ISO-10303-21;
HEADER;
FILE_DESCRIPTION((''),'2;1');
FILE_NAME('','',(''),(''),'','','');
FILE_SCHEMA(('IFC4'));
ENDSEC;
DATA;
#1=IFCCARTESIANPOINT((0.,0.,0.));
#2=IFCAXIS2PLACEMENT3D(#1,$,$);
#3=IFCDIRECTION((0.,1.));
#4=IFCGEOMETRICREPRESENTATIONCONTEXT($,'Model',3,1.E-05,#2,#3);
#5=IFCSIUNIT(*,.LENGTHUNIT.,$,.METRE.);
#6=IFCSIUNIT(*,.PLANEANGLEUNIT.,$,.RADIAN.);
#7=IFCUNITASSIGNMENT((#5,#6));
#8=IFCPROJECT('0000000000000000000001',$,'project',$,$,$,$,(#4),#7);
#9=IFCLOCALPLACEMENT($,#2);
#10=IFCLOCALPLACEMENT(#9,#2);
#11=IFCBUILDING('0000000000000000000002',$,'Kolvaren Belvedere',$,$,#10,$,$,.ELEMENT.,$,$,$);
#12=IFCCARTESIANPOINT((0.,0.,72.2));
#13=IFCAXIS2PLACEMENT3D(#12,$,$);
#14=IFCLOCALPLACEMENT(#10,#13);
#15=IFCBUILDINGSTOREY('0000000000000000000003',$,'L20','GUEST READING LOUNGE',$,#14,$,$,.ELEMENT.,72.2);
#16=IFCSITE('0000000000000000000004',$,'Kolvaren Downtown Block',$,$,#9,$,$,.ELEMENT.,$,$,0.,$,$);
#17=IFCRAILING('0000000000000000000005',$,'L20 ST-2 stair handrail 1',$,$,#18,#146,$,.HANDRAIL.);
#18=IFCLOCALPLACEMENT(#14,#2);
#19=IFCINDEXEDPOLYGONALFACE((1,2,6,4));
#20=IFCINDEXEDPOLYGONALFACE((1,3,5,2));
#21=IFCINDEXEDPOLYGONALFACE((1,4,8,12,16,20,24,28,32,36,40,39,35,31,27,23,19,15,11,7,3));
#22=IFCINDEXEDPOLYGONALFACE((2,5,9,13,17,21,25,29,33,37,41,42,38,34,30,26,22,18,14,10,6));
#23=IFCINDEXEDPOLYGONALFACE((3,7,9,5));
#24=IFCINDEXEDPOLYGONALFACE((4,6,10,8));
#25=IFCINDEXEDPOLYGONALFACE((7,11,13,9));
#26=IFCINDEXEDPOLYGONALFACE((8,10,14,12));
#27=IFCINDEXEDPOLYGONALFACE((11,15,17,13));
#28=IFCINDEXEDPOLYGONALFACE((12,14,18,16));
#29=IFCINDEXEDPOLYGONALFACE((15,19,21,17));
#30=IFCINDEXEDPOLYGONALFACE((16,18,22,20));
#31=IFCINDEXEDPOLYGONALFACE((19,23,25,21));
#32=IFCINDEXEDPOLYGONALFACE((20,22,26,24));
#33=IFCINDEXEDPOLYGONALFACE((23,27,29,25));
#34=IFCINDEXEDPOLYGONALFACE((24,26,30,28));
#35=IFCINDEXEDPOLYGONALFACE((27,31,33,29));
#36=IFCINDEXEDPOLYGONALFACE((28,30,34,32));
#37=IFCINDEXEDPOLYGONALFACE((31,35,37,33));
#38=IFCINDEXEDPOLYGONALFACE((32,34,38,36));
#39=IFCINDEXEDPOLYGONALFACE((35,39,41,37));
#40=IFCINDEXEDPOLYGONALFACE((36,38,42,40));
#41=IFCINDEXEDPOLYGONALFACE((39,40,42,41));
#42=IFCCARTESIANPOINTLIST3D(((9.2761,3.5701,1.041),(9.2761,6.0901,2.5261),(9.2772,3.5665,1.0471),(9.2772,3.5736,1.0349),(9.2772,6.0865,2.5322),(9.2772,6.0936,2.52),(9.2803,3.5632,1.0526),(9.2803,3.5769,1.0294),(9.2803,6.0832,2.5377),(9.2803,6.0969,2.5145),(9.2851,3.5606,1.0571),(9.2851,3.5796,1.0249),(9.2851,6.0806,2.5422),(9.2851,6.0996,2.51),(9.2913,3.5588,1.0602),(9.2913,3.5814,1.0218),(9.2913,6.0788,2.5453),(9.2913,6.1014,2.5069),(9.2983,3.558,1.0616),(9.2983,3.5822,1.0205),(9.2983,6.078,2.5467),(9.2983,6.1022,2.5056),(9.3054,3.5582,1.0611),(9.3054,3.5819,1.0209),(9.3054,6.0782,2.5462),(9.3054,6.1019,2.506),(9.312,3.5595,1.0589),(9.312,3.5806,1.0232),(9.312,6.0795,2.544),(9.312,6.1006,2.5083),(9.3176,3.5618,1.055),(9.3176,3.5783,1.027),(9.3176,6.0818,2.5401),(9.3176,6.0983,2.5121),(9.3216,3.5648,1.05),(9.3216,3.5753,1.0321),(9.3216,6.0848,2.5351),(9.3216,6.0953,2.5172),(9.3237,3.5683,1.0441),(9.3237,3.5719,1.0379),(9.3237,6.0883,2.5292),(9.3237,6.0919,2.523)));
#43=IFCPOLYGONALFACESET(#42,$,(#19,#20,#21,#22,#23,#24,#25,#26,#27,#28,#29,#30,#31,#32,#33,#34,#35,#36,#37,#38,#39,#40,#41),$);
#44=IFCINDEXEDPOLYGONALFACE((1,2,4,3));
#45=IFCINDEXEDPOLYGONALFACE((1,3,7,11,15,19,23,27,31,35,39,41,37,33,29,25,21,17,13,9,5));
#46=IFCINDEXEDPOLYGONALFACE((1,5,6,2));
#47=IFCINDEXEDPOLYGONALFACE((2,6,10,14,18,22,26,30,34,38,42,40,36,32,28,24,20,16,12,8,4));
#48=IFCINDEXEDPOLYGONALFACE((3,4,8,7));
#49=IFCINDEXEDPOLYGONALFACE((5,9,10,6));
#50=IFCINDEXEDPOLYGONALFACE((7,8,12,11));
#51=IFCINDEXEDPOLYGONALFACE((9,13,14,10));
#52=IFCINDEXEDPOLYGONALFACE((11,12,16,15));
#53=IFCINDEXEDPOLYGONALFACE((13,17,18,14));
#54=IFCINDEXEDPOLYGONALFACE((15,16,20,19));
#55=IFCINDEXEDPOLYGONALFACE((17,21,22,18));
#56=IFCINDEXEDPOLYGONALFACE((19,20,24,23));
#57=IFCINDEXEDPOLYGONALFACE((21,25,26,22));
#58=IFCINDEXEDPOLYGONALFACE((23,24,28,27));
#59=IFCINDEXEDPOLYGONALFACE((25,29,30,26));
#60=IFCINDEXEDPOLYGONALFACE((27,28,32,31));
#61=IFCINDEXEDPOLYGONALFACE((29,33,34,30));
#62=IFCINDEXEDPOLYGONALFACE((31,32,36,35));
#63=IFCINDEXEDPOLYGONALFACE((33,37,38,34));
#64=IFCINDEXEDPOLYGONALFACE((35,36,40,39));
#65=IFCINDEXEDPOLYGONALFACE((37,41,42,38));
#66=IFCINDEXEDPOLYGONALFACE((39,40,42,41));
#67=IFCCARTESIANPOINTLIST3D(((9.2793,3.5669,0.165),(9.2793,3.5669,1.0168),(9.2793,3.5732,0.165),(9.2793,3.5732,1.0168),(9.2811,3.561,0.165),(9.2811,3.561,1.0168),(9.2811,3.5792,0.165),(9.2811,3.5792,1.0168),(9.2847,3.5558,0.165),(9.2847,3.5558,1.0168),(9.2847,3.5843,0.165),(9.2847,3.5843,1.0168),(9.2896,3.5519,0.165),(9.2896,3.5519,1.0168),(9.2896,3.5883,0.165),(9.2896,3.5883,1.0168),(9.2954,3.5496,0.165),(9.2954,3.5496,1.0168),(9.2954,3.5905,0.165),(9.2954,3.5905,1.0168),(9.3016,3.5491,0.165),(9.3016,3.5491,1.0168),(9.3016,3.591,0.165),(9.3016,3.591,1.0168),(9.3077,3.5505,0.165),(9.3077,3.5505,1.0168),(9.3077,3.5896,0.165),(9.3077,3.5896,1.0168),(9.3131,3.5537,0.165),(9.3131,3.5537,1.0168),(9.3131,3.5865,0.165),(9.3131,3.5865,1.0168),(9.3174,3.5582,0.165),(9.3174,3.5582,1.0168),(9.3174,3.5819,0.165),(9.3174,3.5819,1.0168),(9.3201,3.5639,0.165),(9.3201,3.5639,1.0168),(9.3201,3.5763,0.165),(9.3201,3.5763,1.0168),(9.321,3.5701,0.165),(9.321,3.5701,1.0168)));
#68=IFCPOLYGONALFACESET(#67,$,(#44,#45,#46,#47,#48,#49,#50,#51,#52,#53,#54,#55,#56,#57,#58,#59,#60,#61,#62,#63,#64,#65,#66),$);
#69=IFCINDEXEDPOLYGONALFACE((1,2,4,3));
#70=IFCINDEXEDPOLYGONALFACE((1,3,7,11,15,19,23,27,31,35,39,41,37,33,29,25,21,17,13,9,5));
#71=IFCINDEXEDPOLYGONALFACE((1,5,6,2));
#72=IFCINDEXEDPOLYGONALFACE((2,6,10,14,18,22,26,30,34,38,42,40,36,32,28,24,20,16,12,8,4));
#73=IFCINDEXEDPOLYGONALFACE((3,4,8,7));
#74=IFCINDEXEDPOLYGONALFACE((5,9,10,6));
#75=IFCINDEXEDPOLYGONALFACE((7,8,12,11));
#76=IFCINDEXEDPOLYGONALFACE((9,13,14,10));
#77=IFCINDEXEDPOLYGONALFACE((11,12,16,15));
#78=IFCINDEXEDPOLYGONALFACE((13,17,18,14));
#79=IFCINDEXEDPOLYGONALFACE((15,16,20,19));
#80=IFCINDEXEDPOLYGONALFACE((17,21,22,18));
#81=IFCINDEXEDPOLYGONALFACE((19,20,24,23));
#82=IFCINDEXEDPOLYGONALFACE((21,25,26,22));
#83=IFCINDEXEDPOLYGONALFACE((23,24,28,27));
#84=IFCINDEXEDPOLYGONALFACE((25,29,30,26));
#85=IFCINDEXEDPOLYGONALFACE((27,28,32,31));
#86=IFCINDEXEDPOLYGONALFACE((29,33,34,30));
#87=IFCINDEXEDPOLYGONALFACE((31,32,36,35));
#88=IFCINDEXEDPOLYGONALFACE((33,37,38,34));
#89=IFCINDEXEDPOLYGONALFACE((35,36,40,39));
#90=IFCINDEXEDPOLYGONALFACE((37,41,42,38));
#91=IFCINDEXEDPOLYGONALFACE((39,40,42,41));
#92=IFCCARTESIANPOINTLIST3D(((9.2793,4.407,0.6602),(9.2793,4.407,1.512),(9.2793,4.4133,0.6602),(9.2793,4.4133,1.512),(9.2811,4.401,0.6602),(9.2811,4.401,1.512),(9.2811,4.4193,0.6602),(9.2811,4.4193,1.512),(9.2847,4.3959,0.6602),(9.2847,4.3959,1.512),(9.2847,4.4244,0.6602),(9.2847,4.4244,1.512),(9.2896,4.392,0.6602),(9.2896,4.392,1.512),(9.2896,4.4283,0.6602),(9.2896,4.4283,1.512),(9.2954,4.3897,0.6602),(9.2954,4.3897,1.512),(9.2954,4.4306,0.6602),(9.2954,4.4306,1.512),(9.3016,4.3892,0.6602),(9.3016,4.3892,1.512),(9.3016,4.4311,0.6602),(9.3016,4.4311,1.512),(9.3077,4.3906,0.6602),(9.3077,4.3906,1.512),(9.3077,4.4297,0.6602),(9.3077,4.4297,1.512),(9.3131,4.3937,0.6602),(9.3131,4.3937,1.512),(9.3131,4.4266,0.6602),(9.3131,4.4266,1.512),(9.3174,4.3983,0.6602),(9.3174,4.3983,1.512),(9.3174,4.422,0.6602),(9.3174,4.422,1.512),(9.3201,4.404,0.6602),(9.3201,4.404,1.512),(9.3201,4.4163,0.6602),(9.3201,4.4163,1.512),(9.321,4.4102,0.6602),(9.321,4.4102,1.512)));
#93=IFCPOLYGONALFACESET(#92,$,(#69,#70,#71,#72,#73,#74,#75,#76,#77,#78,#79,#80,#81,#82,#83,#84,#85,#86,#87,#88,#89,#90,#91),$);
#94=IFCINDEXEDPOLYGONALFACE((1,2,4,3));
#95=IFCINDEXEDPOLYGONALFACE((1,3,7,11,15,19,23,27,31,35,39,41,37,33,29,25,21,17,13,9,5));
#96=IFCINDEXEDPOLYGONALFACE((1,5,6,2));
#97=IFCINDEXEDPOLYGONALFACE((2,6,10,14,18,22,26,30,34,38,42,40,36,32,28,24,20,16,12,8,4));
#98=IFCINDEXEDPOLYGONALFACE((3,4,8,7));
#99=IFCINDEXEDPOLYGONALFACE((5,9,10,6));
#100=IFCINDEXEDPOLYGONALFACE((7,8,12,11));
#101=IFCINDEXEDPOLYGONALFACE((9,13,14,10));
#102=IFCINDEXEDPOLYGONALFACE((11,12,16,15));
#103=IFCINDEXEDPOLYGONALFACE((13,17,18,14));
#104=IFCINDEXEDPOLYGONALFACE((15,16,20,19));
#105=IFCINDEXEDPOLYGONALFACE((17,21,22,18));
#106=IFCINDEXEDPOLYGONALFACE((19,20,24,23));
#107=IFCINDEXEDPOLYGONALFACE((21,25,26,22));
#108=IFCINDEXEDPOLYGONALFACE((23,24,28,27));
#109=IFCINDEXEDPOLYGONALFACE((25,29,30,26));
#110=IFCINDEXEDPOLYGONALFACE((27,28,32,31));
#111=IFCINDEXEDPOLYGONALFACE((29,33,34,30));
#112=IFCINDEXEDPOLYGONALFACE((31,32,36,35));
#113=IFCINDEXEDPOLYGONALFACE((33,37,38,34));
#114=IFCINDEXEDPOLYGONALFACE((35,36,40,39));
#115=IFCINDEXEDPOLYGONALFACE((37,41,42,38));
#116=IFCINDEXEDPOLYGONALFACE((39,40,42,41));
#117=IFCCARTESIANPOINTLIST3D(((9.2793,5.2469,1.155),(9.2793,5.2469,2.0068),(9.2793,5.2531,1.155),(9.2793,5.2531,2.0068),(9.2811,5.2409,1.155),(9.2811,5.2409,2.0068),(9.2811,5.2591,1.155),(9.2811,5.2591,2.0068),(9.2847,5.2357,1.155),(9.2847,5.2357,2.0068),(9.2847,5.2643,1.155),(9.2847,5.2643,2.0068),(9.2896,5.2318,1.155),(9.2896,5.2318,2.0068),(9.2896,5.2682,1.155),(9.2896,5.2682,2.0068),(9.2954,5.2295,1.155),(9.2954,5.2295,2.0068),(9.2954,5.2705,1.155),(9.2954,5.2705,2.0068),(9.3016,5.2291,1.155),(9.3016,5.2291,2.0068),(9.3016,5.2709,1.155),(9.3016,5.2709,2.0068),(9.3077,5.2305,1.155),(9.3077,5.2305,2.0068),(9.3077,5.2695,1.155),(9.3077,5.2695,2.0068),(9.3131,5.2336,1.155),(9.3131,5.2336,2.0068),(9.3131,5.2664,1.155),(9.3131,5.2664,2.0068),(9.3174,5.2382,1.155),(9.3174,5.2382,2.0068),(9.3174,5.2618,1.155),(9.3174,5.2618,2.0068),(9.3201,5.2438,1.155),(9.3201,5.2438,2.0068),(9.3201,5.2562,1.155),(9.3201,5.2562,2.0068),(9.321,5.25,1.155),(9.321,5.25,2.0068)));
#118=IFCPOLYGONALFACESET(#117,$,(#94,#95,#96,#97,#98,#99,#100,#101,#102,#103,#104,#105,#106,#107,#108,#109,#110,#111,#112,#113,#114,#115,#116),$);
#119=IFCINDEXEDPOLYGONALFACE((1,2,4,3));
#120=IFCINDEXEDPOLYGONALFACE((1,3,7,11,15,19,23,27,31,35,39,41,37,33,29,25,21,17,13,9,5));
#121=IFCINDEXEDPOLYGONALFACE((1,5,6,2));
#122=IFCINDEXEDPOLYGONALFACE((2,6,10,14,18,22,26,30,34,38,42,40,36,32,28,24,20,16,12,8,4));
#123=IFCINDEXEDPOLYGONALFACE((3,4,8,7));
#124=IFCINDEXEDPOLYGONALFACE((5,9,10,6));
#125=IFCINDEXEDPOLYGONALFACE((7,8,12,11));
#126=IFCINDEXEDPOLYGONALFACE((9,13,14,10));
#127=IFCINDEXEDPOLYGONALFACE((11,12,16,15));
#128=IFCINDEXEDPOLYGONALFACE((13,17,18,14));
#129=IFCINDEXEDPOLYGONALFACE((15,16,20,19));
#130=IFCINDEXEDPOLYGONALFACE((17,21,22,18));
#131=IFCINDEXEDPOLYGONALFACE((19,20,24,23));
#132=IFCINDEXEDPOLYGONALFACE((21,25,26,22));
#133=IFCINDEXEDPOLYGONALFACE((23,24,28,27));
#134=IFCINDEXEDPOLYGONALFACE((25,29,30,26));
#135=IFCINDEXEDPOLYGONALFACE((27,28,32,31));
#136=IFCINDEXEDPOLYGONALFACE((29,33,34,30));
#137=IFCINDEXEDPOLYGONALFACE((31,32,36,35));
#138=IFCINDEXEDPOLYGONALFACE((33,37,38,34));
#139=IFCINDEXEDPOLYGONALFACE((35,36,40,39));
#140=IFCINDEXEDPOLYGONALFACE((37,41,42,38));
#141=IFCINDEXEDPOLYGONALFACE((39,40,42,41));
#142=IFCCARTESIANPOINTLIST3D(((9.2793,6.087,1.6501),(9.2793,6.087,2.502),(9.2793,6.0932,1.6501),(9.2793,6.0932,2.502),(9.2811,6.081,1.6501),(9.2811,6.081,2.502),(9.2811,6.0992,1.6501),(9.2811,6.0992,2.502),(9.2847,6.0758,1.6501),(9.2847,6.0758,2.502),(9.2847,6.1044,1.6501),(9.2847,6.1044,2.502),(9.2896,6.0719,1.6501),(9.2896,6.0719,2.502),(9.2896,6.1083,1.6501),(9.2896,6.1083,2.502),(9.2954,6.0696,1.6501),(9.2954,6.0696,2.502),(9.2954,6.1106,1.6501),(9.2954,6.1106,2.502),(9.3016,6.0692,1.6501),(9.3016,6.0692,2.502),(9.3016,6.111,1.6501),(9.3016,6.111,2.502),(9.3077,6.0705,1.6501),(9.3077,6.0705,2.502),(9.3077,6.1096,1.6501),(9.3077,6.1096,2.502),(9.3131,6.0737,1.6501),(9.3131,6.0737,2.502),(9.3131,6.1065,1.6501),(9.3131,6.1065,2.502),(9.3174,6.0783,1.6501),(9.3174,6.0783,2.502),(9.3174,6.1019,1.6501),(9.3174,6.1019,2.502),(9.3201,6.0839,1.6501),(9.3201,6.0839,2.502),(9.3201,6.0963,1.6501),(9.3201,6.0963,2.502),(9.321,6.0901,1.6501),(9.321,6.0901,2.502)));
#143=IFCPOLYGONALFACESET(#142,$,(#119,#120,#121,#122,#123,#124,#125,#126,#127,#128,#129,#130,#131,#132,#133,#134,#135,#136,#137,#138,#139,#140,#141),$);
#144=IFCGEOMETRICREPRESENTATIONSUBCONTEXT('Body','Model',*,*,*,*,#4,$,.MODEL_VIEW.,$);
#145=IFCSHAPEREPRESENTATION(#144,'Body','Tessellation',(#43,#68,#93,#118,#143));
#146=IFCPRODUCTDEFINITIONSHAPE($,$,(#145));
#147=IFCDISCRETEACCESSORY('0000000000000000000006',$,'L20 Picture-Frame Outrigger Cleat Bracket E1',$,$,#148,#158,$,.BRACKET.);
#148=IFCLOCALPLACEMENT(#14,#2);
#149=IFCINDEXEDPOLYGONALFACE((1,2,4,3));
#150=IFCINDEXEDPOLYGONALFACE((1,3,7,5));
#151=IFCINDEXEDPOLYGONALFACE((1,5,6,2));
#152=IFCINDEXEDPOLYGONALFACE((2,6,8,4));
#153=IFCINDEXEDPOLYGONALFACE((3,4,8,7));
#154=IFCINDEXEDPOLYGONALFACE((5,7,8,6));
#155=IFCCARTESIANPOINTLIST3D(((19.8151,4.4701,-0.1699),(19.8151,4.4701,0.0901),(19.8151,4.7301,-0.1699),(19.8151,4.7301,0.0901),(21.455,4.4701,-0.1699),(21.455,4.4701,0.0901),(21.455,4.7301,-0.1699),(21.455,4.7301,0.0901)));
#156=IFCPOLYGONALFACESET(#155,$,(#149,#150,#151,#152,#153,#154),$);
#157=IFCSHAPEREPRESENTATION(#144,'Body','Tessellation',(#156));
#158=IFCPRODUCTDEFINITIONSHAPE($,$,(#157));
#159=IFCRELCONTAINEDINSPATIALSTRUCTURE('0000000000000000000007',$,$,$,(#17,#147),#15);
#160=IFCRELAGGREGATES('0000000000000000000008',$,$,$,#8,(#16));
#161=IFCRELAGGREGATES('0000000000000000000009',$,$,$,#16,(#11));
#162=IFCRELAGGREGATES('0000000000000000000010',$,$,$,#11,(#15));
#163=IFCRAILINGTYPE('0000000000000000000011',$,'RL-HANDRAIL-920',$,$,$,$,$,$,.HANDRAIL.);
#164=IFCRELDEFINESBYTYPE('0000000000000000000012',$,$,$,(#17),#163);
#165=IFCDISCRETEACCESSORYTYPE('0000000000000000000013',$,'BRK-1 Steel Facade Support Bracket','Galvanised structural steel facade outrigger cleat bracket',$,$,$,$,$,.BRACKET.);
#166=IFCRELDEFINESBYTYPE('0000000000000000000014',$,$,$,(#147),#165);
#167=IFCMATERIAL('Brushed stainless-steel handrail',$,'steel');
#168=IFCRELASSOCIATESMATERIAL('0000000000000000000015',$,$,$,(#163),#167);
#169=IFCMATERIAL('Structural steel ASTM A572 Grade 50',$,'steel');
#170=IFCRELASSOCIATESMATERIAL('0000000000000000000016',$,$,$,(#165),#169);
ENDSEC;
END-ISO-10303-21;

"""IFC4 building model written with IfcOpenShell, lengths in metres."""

from ifc_helpers import new_model, si_unit, direction, frame, origin, origin_2d, place, context, subcontext, project, spatial, rectangle, circle, extrude, material, type_object, element, save


model = new_model("IFC4")

# Units and contexts
model_context = context("Model", 3, precision=1e-05, world=origin(), true_north=direction((0.0, 1.0)))
body_context = subcontext(model_context, "Body", "Model", "MODEL_VIEW")
ifc_project = project(units=[si_unit("LENGTHUNIT", "METRE"), si_unit("PLANEANGLEUNIT", "RADIAN")], contexts=[model_context])

# Site, building, storey
site_placement = place(None, origin())
site = spatial("IfcSite", under=ifc_project, at=site_placement, Name="Kolvaren Downtown Block", CompositionType="ELEMENT", RefElevation=0.0)
building_placement = place(site_placement, origin())
building = spatial("IfcBuilding", under=site, at=building_placement, Name="Kolvaren Belvedere", CompositionType="ELEMENT")
storey_placement = place(building_placement, frame((0.0, 0.0, 72.2)))
storey = spatial("IfcBuildingStorey", under=building, at=storey_placement, Name="L20", Description="GUEST READING LOUNGE", CompositionType="ELEMENT", Elevation=72.2)

# Railing
ifc_material_1 = material(Name="Brushed stainless-steel handrail", Category="steel")
railing_type = type_object("IfcRailingType", Name="RL-HANDRAIL-920", PredefinedType="HANDRAIL", material=ifc_material_1)
railing_placement = place(storey_placement, frame((9.3, 3.5701, 0.165)))
element("IfcRailing", 1, at=railing_placement, inside=storey, type_object=railing_type, Name="L20 ST-2 stair handrail 1", PredefinedType="HANDRAIL", context=body_context, shape_type="SweptSolid", body=[
    extrude(circle(Radius=0.0239, at=origin_2d()), frame((0.0, 0.0, 0.876), z_axis=(0.0, 0.861524, 0.507717), x_axis=(-1.0, 0.0, 0.0)), (0.0, 0.0, 1.0), 2.925),
    extrude(circle(Radius=0.021, at=origin_2d()), origin(), (0.0, 0.0, 1.0), 0.8518),
    extrude(circle(Radius=0.021, at=origin_2d()), frame((0.0, 0.8401, 0.4951)), (0.0, 0.0, 1.0), 0.8518),
    extrude(circle(Radius=0.021, at=origin_2d()), frame((0.0, 1.6799, 0.99)), (0.0, 0.0, 1.0), 0.8518),
    extrude(circle(Radius=0.021, at=origin_2d()), frame((0.0, 2.52, 1.4851)), (0.0, 0.0, 1.0), 0.8518),
])

# Discrete accessory
ifc_material_2 = material(Name="Structural steel ASTM A572 Grade 50", Category="steel")
discrete_accessory_type = type_object("IfcDiscreteAccessoryType", Name="BRK-1 Steel Facade Support Bracket", Description="Galvanised structural steel facade outrigger cleat bracket", PredefinedType="BRACKET", material=ifc_material_2)
discrete_accessory_placement = place(storey_placement, frame((20.635, 4.6001, -0.1699), z_axis=(0.0, 0.0, 1.0), x_axis=(1.0, 0.0, 0.0)))
element("IfcDiscreteAccessory", 2, at=discrete_accessory_placement, inside=storey, type_object=discrete_accessory_type, Name="L20 Picture-Frame Outrigger Cleat Bracket E1", PredefinedType="BRACKET", context=body_context, shape_type="SweptSolid", body=[
    extrude(rectangle(XDim=1.6399, YDim=0.26, at=origin_2d()), origin(), (0.0, 0.0, 1.0), 0.26),
])

save(model, "model.ifc")
